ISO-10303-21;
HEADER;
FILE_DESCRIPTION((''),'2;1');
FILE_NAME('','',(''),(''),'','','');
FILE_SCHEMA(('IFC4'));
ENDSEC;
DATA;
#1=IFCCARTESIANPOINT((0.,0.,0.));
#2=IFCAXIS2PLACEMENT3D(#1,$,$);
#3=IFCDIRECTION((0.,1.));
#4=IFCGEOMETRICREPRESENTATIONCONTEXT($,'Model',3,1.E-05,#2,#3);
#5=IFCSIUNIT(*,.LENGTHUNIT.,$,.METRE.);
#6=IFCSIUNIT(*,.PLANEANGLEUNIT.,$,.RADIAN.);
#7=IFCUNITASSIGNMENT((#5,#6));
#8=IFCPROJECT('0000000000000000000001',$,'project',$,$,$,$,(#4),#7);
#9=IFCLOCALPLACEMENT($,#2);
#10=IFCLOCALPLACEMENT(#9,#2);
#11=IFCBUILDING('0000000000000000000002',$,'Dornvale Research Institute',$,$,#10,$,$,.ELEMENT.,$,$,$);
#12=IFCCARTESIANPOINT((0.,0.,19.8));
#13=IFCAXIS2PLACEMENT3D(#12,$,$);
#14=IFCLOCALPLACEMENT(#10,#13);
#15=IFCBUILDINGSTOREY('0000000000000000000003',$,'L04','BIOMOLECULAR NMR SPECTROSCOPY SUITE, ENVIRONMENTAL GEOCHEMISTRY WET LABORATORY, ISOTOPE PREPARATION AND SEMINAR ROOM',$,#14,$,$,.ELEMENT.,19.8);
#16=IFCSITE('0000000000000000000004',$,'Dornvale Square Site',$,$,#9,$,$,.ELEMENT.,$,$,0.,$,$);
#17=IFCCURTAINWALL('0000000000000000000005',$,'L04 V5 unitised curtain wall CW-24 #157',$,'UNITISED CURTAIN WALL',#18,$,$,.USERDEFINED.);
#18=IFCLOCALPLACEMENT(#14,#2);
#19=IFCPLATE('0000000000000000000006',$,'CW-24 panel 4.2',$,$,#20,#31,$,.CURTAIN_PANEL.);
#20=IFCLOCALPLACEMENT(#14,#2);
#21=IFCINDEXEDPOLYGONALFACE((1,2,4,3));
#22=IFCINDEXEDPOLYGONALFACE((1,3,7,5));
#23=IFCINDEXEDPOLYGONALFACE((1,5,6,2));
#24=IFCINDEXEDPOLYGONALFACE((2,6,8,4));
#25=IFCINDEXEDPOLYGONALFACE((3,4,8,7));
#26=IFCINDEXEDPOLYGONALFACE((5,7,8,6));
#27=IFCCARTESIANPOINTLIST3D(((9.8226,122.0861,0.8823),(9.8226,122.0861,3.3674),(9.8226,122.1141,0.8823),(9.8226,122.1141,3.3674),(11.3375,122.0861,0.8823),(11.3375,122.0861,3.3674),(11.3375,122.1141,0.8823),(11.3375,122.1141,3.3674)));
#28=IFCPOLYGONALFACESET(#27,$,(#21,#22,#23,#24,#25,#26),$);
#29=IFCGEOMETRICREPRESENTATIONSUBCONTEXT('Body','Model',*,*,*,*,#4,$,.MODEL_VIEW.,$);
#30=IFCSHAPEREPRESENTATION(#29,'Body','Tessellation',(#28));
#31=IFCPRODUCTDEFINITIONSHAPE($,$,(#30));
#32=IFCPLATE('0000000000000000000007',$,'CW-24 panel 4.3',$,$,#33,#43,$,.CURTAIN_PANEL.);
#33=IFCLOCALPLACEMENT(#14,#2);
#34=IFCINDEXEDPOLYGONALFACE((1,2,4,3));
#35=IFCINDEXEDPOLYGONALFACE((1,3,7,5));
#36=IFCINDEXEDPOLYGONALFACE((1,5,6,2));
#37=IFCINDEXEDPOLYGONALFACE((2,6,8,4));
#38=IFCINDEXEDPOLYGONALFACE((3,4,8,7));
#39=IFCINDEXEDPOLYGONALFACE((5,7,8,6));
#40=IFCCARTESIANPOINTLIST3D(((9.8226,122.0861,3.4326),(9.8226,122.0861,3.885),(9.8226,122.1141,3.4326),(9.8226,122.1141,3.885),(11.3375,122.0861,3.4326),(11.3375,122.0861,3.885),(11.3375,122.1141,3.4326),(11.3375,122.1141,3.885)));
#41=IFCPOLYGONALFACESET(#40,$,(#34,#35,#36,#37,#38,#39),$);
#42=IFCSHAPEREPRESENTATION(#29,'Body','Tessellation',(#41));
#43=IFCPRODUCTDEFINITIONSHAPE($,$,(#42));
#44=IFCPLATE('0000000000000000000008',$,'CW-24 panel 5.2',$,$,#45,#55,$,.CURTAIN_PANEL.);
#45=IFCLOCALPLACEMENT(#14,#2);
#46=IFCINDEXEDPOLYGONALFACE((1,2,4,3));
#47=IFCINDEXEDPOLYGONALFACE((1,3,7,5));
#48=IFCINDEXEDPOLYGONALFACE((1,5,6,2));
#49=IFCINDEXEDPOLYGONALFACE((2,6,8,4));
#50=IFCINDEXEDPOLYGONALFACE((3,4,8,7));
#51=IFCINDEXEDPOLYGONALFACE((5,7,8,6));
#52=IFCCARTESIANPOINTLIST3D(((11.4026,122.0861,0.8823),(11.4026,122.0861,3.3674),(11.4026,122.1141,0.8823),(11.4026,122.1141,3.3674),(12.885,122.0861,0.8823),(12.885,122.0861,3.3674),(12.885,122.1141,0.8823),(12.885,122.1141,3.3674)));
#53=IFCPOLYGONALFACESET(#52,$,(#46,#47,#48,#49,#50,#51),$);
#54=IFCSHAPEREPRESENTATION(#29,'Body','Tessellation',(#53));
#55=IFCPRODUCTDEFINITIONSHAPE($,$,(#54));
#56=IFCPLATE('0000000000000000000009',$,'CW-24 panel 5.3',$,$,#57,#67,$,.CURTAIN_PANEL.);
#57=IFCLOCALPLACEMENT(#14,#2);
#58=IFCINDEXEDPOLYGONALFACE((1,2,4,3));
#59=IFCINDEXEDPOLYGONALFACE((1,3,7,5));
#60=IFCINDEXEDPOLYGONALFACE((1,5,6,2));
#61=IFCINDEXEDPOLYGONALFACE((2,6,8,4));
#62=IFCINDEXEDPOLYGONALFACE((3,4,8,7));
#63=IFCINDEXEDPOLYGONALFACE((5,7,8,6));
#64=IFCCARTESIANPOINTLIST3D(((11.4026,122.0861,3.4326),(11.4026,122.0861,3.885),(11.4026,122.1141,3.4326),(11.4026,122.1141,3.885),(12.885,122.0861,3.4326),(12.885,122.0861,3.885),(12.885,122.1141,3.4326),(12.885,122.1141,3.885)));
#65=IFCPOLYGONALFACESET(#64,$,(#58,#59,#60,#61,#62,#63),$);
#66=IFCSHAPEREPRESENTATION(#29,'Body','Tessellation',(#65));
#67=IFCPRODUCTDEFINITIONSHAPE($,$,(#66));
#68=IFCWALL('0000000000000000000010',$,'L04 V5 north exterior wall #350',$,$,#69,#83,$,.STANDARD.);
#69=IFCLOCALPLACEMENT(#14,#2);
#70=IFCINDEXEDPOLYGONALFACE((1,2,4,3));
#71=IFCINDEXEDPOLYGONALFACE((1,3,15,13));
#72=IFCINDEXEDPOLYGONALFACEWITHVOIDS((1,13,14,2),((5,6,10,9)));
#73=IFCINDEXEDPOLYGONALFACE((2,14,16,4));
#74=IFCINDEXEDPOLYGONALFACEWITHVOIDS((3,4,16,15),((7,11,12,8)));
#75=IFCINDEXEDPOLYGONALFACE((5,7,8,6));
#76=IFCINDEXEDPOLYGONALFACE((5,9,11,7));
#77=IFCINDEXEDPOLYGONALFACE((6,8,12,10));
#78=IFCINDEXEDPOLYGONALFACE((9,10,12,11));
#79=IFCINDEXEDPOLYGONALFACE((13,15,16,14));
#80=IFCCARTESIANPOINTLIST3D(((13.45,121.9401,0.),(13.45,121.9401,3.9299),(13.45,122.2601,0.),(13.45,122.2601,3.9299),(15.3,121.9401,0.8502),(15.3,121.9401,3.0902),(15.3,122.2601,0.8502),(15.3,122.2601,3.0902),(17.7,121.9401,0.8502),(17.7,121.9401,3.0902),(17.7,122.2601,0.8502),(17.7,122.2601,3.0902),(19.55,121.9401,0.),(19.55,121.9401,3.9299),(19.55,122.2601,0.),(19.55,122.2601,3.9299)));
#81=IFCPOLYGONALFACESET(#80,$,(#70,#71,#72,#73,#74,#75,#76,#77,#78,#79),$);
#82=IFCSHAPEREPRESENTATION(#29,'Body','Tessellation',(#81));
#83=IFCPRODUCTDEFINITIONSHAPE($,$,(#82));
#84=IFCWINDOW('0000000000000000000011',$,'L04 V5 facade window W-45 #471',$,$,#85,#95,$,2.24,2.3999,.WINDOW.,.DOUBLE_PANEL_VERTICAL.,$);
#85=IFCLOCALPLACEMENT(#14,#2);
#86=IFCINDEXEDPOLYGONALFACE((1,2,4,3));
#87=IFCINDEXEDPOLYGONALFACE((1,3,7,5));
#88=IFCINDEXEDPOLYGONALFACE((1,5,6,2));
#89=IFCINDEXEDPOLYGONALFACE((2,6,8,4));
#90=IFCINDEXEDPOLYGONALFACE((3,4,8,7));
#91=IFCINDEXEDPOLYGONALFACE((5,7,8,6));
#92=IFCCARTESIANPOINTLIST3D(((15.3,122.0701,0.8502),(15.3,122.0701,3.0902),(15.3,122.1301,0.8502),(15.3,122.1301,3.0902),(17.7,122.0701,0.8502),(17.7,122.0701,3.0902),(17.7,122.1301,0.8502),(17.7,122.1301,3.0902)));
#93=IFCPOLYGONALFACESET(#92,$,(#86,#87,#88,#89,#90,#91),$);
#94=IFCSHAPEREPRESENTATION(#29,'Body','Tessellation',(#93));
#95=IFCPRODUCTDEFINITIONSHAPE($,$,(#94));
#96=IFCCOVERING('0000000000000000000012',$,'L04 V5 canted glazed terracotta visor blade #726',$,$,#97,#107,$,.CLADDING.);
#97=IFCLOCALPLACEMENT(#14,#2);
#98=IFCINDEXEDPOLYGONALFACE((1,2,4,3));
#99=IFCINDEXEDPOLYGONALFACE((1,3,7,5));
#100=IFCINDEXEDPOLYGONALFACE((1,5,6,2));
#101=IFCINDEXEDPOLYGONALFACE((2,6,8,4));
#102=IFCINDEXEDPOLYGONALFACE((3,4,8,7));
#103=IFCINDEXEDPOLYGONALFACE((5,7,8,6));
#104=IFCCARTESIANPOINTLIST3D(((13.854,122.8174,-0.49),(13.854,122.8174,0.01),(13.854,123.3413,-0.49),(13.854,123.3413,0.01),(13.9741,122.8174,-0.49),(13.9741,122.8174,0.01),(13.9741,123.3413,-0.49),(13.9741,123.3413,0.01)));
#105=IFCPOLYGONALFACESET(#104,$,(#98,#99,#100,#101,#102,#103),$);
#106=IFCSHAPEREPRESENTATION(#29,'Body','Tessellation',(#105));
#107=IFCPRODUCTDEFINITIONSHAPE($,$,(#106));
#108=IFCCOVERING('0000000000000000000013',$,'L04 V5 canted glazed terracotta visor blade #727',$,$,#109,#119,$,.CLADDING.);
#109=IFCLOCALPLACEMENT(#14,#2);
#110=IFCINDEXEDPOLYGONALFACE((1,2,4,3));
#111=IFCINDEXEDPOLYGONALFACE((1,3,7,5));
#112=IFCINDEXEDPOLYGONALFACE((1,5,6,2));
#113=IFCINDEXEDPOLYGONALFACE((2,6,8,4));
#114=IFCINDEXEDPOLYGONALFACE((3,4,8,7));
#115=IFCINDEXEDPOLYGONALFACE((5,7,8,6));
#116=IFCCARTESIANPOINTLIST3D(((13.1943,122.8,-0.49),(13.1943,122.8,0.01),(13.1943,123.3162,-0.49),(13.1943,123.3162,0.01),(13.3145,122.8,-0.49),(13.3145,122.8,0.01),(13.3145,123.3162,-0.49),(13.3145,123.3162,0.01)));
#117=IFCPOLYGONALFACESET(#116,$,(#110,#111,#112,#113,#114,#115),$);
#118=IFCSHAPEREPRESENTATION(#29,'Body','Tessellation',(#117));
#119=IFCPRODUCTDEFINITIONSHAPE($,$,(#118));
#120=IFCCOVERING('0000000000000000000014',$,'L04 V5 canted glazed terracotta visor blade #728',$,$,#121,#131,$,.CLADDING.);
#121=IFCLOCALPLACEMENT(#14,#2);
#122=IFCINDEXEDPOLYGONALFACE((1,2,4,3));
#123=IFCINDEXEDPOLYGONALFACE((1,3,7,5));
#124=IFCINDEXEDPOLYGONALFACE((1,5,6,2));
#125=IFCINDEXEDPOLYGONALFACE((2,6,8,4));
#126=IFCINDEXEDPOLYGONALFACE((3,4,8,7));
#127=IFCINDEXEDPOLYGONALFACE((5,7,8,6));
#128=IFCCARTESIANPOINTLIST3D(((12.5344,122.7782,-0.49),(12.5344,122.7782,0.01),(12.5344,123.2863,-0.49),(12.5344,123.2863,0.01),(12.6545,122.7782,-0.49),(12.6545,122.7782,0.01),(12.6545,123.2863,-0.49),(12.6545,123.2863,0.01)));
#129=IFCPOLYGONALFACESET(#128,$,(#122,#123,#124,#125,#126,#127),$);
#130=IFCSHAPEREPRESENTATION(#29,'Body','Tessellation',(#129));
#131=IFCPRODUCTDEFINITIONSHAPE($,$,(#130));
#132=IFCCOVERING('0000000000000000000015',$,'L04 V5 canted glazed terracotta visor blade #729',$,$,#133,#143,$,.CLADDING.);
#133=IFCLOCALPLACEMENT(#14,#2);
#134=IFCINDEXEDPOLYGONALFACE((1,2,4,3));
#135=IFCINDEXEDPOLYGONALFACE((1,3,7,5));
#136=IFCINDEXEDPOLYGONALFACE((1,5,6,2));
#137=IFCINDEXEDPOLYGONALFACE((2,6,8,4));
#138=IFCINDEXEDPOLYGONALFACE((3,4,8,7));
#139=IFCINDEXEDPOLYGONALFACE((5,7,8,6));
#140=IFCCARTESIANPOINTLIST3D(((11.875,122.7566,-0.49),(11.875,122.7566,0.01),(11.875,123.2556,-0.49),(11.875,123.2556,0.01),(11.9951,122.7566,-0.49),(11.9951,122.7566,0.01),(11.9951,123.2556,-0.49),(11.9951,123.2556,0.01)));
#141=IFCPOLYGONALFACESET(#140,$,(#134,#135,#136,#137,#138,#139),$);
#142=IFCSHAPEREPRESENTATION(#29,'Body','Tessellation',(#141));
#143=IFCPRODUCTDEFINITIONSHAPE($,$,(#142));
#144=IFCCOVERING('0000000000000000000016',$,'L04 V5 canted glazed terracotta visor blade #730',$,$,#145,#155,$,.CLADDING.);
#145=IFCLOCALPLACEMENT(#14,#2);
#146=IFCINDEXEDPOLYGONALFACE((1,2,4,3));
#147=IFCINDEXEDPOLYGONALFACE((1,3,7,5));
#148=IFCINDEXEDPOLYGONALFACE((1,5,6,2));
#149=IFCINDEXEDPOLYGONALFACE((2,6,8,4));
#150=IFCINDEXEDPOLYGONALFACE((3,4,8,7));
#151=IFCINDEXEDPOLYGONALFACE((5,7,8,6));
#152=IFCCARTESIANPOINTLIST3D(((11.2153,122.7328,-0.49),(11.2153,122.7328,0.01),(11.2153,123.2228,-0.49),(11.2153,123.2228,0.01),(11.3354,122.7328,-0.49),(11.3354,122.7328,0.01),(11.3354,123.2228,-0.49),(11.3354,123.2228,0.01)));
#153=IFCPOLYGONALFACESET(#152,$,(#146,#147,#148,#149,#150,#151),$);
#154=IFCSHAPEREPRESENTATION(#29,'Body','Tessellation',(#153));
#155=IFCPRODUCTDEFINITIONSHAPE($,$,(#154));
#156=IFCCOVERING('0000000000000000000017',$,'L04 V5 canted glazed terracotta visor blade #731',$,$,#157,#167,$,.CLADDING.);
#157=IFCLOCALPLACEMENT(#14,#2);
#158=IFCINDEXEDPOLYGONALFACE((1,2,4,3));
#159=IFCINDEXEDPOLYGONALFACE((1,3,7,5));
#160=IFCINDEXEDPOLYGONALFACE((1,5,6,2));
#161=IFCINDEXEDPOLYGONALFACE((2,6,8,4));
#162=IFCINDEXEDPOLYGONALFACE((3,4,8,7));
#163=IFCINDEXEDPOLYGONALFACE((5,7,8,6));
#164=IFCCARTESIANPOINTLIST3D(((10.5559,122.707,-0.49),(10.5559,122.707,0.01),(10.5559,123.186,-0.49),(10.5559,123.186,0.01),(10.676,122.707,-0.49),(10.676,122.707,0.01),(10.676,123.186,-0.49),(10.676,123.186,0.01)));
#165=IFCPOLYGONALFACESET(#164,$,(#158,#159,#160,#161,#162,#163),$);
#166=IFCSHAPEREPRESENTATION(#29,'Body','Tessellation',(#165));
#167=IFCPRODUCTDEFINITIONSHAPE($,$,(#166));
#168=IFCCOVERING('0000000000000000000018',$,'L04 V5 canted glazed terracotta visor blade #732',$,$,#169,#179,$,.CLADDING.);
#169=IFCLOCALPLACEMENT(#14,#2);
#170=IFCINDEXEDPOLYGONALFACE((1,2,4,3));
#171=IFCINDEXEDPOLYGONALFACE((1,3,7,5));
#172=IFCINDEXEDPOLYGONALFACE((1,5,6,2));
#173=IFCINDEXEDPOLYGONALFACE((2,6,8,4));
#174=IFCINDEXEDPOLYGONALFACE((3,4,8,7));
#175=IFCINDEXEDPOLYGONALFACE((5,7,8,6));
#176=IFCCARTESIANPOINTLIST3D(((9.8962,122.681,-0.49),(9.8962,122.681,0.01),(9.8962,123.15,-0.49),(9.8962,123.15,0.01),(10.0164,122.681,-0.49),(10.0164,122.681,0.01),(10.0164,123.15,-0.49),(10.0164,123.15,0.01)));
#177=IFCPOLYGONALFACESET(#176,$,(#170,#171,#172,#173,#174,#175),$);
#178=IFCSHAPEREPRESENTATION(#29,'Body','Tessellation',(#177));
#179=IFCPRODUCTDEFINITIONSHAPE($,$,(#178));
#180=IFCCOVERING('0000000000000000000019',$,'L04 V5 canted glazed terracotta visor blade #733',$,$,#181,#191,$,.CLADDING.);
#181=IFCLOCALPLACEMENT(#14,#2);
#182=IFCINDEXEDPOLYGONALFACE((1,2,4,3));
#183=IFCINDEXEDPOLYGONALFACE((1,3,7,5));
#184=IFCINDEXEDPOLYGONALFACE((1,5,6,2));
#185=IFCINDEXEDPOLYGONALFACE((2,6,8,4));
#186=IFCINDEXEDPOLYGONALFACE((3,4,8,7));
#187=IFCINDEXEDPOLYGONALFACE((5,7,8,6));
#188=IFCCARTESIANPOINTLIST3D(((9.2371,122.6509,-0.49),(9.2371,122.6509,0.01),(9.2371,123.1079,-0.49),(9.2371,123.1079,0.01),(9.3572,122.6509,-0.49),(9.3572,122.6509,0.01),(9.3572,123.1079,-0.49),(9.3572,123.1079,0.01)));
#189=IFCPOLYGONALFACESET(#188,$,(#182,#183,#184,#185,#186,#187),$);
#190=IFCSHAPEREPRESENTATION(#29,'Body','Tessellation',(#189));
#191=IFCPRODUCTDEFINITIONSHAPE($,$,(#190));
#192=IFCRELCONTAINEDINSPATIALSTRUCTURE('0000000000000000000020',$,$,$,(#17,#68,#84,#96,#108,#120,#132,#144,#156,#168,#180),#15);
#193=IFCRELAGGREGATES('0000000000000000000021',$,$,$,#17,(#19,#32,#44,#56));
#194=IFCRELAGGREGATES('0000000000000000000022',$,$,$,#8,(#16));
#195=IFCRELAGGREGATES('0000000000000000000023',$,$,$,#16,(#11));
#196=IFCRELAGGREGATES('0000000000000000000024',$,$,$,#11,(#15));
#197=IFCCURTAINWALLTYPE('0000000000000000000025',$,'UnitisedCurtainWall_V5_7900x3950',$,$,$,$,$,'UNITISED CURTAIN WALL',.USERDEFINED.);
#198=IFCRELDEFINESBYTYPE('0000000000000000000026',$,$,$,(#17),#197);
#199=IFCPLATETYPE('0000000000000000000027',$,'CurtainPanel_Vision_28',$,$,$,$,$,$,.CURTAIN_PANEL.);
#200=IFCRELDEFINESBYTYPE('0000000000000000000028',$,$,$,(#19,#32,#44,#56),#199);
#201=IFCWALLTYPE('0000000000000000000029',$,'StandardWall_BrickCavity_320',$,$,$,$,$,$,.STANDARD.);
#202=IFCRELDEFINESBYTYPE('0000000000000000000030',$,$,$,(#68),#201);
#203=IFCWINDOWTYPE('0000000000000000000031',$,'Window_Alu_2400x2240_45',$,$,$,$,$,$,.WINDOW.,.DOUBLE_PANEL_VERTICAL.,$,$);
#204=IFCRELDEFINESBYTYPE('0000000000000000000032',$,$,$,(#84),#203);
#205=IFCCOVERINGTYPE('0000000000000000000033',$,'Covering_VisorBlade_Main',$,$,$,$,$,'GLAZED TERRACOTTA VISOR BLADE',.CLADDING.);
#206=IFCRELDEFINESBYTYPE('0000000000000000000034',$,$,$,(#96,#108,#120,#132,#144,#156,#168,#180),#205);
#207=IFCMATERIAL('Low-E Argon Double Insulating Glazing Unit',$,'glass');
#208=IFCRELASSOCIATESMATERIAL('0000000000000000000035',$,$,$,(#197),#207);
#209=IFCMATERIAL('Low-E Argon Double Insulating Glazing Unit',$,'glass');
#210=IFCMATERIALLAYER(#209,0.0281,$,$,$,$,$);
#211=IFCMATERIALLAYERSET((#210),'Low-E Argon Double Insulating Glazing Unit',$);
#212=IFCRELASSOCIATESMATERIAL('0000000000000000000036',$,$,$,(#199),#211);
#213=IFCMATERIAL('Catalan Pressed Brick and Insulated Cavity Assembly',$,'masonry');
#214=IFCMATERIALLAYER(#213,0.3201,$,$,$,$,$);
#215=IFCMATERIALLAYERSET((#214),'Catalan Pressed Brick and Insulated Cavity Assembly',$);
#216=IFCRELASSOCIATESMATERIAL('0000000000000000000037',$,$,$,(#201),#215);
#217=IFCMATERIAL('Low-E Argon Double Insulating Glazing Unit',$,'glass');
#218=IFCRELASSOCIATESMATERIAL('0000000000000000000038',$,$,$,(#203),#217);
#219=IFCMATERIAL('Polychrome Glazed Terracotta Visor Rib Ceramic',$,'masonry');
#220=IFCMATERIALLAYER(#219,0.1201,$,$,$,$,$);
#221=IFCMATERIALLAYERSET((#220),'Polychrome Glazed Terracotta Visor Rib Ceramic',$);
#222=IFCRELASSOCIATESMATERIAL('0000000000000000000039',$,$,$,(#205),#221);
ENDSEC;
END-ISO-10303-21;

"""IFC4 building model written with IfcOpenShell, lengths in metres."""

from ifc_helpers import new_model, si_unit, direction, frame, frame_2d, origin, origin_2d, place, context, subcontext, project, spatial, rectangle, extrude, material, layer, layer_set, type_object, element, fill, aggregate, save


model = new_model("IFC4")

# Units and contexts
model_context = context("Model", 3, precision=1e-05, world=origin(), true_north=direction((0.0, 1.0)))
body_context = subcontext(model_context, "Body", "Model", "MODEL_VIEW")
ifc_project = project(units=[si_unit("LENGTHUNIT", "METRE"), si_unit("PLANEANGLEUNIT", "RADIAN")], contexts=[model_context])

# Site, building, storey
site_placement = place(None, origin())
site = spatial("IfcSite", under=ifc_project, at=site_placement, Name="Dornvale Square Site", CompositionType="ELEMENT", RefElevation=0.0)
building_placement = place(site_placement, origin())
building = spatial("IfcBuilding", under=site, at=building_placement, Name="Dornvale Research Institute", CompositionType="ELEMENT")
storey_placement = place(building_placement, frame((0.0, 0.0, 19.8)))
storey = spatial("IfcBuildingStorey", under=building, at=storey_placement, Name="L04", Description="BIOMOLECULAR NMR SPECTROSCOPY SUITE, ENVIRONMENTAL GEOCHEMISTRY WET LABORATORY, ISOTOPE PREPARATION AND SEMINAR ROOM", CompositionType="ELEMENT", Elevation=19.8)

# Curtain wall
ifc_material_1 = material(Name="Low-E Argon Double Insulating Glazing Unit", Category="glass")
curtain_wall_type = type_object("IfcCurtainWallType", Name="UnitisedCurtainWall_V5_7900x3950", ElementType="UNITISED CURTAIN WALL", PredefinedType="USERDEFINED", material=ifc_material_1)
curtain_wall_placement = place(storey_placement, origin())
curtain_wall = element("IfcCurtainWall", 1, at=curtain_wall_placement, inside=storey, type_object=curtain_wall_type, Name="L04 V5 unitised curtain wall CW-24 #157", ObjectType="UNITISED CURTAIN WALL", PredefinedType="USERDEFINED")

# Plates
ifc_material_2 = material(Name="Low-E Argon Double Insulating Glazing Unit", Category="glass")
ifc_layer_1 = layer(ifc_material_2, 0.0281)
ifc_layer_set_1 = layer_set([ifc_layer_1], Name="Low-E Argon Double Insulating Glazing Unit")
plate_type_1 = type_object("IfcPlateType", Name="CurtainPanel_Vision_28", PredefinedType="CURTAIN_PANEL", material=ifc_layer_set_1)
plate_1_placement = place(storey_placement, frame((10.5801, 122.1001, 0.8823), z_axis=(0.0, 0.0, 1.0), x_axis=(1.0, 0.0, 0.0)))
plate_1 = element("IfcPlate", 2, at=plate_1_placement, type_object=plate_type_1, Name="CW-24 panel 4.2", PredefinedType="CURTAIN_PANEL", context=body_context, shape_type="SweptSolid", body=[
    extrude(rectangle(XDim=1.5149, YDim=0.0281, at=origin_2d()), origin(), (0.0, 0.0, 1.0), 2.4851),
])
plate_2_placement = place(storey_placement, frame((10.5801, 122.1001, 3.4326), z_axis=(0.0, 0.0, 1.0), x_axis=(1.0, 0.0, 0.0)))
plate_2 = element("IfcPlate", 3, at=plate_2_placement, type_object=plate_type_1, Name="CW-24 panel 4.3", PredefinedType="CURTAIN_PANEL", context=body_context, shape_type="SweptSolid", body=[
    extrude(rectangle(XDim=1.5149, YDim=0.0281, at=origin_2d()), origin(), (0.0, 0.0, 1.0), 0.4524),
])
plate_3_placement = place(storey_placement, frame((12.1438, 122.1001, 0.8823), z_axis=(0.0, 0.0, 1.0), x_axis=(1.0, 0.0, 0.0)))
plate_3 = element("IfcPlate", 4, at=plate_3_placement, type_object=plate_type_1, Name="CW-24 panel 5.2", PredefinedType="CURTAIN_PANEL", context=body_context, shape_type="SweptSolid", body=[
    extrude(rectangle(XDim=1.4824, YDim=0.0281, at=origin_2d()), origin(), (0.0, 0.0, 1.0), 2.4851),
])
plate_4_placement = place(storey_placement, frame((12.1438, 122.1001, 3.4326), z_axis=(0.0, 0.0, 1.0), x_axis=(1.0, 0.0, 0.0)))
plate_4 = element("IfcPlate", 5, at=plate_4_placement, type_object=plate_type_1, Name="CW-24 panel 5.3", PredefinedType="CURTAIN_PANEL", context=body_context, shape_type="SweptSolid", body=[
    extrude(rectangle(XDim=1.4824, YDim=0.0281, at=origin_2d()), origin(), (0.0, 0.0, 1.0), 0.4524),
])
aggregate(curtain_wall, [plate_1, plate_2, plate_3, plate_4])

# Wall, opening, window
ifc_material_3 = material(Name="Catalan Pressed Brick and Insulated Cavity Assembly", Category="masonry")
ifc_layer_2 = layer(ifc_material_3, 0.3201)
ifc_layer_set_2 = layer_set([ifc_layer_2], Name="Catalan Pressed Brick and Insulated Cavity Assembly")
wall_type = type_object("IfcWallType", Name="StandardWall_BrickCavity_320", PredefinedType="STANDARD", material=ifc_layer_set_2)
wall_placement = place(storey_placement, frame((13.45, 122.1001, 0.0), z_axis=(0.0, 0.0, 1.0), x_axis=(1.0, 0.0, 0.0)))
wall = element("IfcWall", 6, at=wall_placement, inside=storey, type_object=wall_type, Name="L04 V5 north exterior wall #350", PredefinedType="STANDARD", context=body_context, shape_type="SweptSolid", body=[
    extrude(rectangle(XDim=6.1001, YDim=0.3201, at=frame_2d((3.05, 0.0))), origin(), (0.0, 0.0, 1.0), 3.9299),
])
opening_placement = place(wall_placement, frame((1.8501, 0.0, 0.8501)))
opening = element("IfcOpeningElement", 7, at=opening_placement, cuts=wall, PredefinedType="OPENING", context=body_context, shape_type="SweptSolid", body=[
    extrude(rectangle(XDim=2.3999, YDim=2.24, at=frame_2d((1.2, 1.1201))), frame((0.0, 0.175, 0.0), z_axis=(0.0, -1.0, 0.0), x_axis=(1.0, 0.0, 0.0)), (0.0, 0.0, 1.0), 0.3501),
])
ifc_material_4 = material(Name="Low-E Argon Double Insulating Glazing Unit", Category="glass")
window_type = type_object("IfcWindowType", Name="Window_Alu_2400x2240_45", PartitioningType="DOUBLE_PANEL_VERTICAL", PredefinedType="WINDOW", material=ifc_material_4)
window_placement = place(opening_placement, origin())
window = element("IfcWindow", 8, at=window_placement, inside=storey, type_object=window_type, Name="L04 V5 facade window W-45 #471", OverallHeight=2.24, OverallWidth=2.3999, PartitioningType="DOUBLE_PANEL_VERTICAL", PredefinedType="WINDOW", context=body_context, shape_type="SweptSolid", body=[
    extrude(rectangle(XDim=2.3999, YDim=2.24, at=frame_2d((1.2, 1.1201))), frame((0.0, 0.03, 0.0), z_axis=(0.0, -1.0, 0.0), x_axis=(1.0, 0.0, 0.0)), (0.0, 0.0, 1.0), 0.0601),
])
fill(opening, window)

# Coverings
ifc_material_5 = material(Name="Polychrome Glazed Terracotta Visor Rib Ceramic", Category="masonry")
ifc_layer_3 = layer(ifc_material_5, 0.1201)
ifc_layer_set_3 = layer_set([ifc_layer_3], Name="Polychrome Glazed Terracotta Visor Rib Ceramic")
covering_type = type_object("IfcCoveringType", Name="Covering_VisorBlade_Main", ElementType="GLAZED TERRACOTTA VISOR BLADE", PredefinedType="CLADDING", material=ifc_layer_set_3)
covering_1_placement = place(storey_placement, frame((13.9141, 123.0793, -0.49), z_axis=(0.0, 0.0, 1.0), x_axis=(0.0, 1.0, 0.0)))
element("IfcCovering", 9, at=covering_1_placement, inside=storey, type_object=covering_type, Name="L04 V5 canted glazed terracotta visor blade #726", PredefinedType="CLADDING", context=body_context, shape_type="SweptSolid", body=[
    extrude(rectangle(XDim=0.5239, YDim=0.1201, at=origin_2d()), origin(), (0.0, 0.0, 1.0), 0.5),
])
covering_2_placement = place(storey_placement, frame((13.2544, 123.0581, -0.49), z_axis=(0.0, 0.0, 1.0), x_axis=(0.0, 1.0, 0.0)))
element("IfcCovering", 10, at=covering_2_placement, inside=storey, type_object=covering_type, Name="L04 V5 canted glazed terracotta visor blade #727", PredefinedType="CLADDING", context=body_context, shape_type="SweptSolid", body=[
    extrude(rectangle(XDim=0.5161, YDim=0.1201, at=origin_2d()), origin(), (0.0, 0.0, 1.0), 0.5),
])
covering_3_placement = place(storey_placement, frame((12.5945, 123.0322, -0.49), z_axis=(0.0, 0.0, 1.0), x_axis=(0.0, 1.0, 0.0)))
element("IfcCovering", 11, at=covering_3_placement, inside=storey, type_object=covering_type, Name="L04 V5 canted glazed terracotta visor blade #728", PredefinedType="CLADDING", context=body_context, shape_type="SweptSolid", body=[
    extrude(rectangle(XDim=0.5081, YDim=0.1201, at=origin_2d()), origin(), (0.0, 0.0, 1.0), 0.5),
])
covering_4_placement = place(storey_placement, frame((11.9351, 123.0061, -0.49), z_axis=(0.0, 0.0, 1.0), x_axis=(0.0, 1.0, 0.0)))
element("IfcCovering", 12, at=covering_4_placement, inside=storey, type_object=covering_type, Name="L04 V5 canted glazed terracotta visor blade #729", PredefinedType="CLADDING", context=body_context, shape_type="SweptSolid", body=[
    extrude(rectangle(XDim=0.499, YDim=0.1201, at=origin_2d()), origin(), (0.0, 0.0, 1.0), 0.5),
])
covering_5_placement = place(storey_placement, frame((11.2754, 122.9778, -0.49), z_axis=(0.0, 0.0, 1.0), x_axis=(0.0, 1.0, 0.0)))
element("IfcCovering", 13, at=covering_5_placement, inside=storey, type_object=covering_type, Name="L04 V5 canted glazed terracotta visor blade #730", PredefinedType="CLADDING", context=body_context, shape_type="SweptSolid", body=[
    extrude(rectangle(XDim=0.49, YDim=0.1201, at=origin_2d()), origin(), (0.0, 0.0, 1.0), 0.5),
])
covering_6_placement = place(storey_placement, frame((10.616, 122.9465, -0.49), z_axis=(0.0, 0.0, 1.0), x_axis=(0.0, 1.0, 0.0)))
element("IfcCovering", 14, at=covering_6_placement, inside=storey, type_object=covering_type, Name="L04 V5 canted glazed terracotta visor blade #731", PredefinedType="CLADDING", context=body_context, shape_type="SweptSolid", body=[
    extrude(rectangle(XDim=0.479, YDim=0.1201, at=origin_2d()), origin(), (0.0, 0.0, 1.0), 0.5),
])
covering_7_placement = place(storey_placement, frame((9.9563, 122.9155, -0.49), z_axis=(0.0, 0.0, 1.0), x_axis=(0.0, 1.0, 0.0)))
element("IfcCovering", 15, at=covering_7_placement, inside=storey, type_object=covering_type, Name="L04 V5 canted glazed terracotta visor blade #732", PredefinedType="CLADDING", context=body_context, shape_type="SweptSolid", body=[
    extrude(rectangle(XDim=0.469, YDim=0.1201, at=origin_2d()), origin(), (0.0, 0.0, 1.0), 0.5),
])
covering_8_placement = place(storey_placement, frame((9.2971, 122.8794, -0.49), z_axis=(0.0, 0.0, 1.0), x_axis=(0.0, 1.0, 0.0)))
element("IfcCovering", 16, at=covering_8_placement, inside=storey, type_object=covering_type, Name="L04 V5 canted glazed terracotta visor blade #733", PredefinedType="CLADDING", context=body_context, shape_type="SweptSolid", body=[
    extrude(rectangle(XDim=0.457, YDim=0.1201, at=origin_2d()), origin(), (0.0, 0.0, 1.0), 0.5),
])

save(model, "model.ifc")
